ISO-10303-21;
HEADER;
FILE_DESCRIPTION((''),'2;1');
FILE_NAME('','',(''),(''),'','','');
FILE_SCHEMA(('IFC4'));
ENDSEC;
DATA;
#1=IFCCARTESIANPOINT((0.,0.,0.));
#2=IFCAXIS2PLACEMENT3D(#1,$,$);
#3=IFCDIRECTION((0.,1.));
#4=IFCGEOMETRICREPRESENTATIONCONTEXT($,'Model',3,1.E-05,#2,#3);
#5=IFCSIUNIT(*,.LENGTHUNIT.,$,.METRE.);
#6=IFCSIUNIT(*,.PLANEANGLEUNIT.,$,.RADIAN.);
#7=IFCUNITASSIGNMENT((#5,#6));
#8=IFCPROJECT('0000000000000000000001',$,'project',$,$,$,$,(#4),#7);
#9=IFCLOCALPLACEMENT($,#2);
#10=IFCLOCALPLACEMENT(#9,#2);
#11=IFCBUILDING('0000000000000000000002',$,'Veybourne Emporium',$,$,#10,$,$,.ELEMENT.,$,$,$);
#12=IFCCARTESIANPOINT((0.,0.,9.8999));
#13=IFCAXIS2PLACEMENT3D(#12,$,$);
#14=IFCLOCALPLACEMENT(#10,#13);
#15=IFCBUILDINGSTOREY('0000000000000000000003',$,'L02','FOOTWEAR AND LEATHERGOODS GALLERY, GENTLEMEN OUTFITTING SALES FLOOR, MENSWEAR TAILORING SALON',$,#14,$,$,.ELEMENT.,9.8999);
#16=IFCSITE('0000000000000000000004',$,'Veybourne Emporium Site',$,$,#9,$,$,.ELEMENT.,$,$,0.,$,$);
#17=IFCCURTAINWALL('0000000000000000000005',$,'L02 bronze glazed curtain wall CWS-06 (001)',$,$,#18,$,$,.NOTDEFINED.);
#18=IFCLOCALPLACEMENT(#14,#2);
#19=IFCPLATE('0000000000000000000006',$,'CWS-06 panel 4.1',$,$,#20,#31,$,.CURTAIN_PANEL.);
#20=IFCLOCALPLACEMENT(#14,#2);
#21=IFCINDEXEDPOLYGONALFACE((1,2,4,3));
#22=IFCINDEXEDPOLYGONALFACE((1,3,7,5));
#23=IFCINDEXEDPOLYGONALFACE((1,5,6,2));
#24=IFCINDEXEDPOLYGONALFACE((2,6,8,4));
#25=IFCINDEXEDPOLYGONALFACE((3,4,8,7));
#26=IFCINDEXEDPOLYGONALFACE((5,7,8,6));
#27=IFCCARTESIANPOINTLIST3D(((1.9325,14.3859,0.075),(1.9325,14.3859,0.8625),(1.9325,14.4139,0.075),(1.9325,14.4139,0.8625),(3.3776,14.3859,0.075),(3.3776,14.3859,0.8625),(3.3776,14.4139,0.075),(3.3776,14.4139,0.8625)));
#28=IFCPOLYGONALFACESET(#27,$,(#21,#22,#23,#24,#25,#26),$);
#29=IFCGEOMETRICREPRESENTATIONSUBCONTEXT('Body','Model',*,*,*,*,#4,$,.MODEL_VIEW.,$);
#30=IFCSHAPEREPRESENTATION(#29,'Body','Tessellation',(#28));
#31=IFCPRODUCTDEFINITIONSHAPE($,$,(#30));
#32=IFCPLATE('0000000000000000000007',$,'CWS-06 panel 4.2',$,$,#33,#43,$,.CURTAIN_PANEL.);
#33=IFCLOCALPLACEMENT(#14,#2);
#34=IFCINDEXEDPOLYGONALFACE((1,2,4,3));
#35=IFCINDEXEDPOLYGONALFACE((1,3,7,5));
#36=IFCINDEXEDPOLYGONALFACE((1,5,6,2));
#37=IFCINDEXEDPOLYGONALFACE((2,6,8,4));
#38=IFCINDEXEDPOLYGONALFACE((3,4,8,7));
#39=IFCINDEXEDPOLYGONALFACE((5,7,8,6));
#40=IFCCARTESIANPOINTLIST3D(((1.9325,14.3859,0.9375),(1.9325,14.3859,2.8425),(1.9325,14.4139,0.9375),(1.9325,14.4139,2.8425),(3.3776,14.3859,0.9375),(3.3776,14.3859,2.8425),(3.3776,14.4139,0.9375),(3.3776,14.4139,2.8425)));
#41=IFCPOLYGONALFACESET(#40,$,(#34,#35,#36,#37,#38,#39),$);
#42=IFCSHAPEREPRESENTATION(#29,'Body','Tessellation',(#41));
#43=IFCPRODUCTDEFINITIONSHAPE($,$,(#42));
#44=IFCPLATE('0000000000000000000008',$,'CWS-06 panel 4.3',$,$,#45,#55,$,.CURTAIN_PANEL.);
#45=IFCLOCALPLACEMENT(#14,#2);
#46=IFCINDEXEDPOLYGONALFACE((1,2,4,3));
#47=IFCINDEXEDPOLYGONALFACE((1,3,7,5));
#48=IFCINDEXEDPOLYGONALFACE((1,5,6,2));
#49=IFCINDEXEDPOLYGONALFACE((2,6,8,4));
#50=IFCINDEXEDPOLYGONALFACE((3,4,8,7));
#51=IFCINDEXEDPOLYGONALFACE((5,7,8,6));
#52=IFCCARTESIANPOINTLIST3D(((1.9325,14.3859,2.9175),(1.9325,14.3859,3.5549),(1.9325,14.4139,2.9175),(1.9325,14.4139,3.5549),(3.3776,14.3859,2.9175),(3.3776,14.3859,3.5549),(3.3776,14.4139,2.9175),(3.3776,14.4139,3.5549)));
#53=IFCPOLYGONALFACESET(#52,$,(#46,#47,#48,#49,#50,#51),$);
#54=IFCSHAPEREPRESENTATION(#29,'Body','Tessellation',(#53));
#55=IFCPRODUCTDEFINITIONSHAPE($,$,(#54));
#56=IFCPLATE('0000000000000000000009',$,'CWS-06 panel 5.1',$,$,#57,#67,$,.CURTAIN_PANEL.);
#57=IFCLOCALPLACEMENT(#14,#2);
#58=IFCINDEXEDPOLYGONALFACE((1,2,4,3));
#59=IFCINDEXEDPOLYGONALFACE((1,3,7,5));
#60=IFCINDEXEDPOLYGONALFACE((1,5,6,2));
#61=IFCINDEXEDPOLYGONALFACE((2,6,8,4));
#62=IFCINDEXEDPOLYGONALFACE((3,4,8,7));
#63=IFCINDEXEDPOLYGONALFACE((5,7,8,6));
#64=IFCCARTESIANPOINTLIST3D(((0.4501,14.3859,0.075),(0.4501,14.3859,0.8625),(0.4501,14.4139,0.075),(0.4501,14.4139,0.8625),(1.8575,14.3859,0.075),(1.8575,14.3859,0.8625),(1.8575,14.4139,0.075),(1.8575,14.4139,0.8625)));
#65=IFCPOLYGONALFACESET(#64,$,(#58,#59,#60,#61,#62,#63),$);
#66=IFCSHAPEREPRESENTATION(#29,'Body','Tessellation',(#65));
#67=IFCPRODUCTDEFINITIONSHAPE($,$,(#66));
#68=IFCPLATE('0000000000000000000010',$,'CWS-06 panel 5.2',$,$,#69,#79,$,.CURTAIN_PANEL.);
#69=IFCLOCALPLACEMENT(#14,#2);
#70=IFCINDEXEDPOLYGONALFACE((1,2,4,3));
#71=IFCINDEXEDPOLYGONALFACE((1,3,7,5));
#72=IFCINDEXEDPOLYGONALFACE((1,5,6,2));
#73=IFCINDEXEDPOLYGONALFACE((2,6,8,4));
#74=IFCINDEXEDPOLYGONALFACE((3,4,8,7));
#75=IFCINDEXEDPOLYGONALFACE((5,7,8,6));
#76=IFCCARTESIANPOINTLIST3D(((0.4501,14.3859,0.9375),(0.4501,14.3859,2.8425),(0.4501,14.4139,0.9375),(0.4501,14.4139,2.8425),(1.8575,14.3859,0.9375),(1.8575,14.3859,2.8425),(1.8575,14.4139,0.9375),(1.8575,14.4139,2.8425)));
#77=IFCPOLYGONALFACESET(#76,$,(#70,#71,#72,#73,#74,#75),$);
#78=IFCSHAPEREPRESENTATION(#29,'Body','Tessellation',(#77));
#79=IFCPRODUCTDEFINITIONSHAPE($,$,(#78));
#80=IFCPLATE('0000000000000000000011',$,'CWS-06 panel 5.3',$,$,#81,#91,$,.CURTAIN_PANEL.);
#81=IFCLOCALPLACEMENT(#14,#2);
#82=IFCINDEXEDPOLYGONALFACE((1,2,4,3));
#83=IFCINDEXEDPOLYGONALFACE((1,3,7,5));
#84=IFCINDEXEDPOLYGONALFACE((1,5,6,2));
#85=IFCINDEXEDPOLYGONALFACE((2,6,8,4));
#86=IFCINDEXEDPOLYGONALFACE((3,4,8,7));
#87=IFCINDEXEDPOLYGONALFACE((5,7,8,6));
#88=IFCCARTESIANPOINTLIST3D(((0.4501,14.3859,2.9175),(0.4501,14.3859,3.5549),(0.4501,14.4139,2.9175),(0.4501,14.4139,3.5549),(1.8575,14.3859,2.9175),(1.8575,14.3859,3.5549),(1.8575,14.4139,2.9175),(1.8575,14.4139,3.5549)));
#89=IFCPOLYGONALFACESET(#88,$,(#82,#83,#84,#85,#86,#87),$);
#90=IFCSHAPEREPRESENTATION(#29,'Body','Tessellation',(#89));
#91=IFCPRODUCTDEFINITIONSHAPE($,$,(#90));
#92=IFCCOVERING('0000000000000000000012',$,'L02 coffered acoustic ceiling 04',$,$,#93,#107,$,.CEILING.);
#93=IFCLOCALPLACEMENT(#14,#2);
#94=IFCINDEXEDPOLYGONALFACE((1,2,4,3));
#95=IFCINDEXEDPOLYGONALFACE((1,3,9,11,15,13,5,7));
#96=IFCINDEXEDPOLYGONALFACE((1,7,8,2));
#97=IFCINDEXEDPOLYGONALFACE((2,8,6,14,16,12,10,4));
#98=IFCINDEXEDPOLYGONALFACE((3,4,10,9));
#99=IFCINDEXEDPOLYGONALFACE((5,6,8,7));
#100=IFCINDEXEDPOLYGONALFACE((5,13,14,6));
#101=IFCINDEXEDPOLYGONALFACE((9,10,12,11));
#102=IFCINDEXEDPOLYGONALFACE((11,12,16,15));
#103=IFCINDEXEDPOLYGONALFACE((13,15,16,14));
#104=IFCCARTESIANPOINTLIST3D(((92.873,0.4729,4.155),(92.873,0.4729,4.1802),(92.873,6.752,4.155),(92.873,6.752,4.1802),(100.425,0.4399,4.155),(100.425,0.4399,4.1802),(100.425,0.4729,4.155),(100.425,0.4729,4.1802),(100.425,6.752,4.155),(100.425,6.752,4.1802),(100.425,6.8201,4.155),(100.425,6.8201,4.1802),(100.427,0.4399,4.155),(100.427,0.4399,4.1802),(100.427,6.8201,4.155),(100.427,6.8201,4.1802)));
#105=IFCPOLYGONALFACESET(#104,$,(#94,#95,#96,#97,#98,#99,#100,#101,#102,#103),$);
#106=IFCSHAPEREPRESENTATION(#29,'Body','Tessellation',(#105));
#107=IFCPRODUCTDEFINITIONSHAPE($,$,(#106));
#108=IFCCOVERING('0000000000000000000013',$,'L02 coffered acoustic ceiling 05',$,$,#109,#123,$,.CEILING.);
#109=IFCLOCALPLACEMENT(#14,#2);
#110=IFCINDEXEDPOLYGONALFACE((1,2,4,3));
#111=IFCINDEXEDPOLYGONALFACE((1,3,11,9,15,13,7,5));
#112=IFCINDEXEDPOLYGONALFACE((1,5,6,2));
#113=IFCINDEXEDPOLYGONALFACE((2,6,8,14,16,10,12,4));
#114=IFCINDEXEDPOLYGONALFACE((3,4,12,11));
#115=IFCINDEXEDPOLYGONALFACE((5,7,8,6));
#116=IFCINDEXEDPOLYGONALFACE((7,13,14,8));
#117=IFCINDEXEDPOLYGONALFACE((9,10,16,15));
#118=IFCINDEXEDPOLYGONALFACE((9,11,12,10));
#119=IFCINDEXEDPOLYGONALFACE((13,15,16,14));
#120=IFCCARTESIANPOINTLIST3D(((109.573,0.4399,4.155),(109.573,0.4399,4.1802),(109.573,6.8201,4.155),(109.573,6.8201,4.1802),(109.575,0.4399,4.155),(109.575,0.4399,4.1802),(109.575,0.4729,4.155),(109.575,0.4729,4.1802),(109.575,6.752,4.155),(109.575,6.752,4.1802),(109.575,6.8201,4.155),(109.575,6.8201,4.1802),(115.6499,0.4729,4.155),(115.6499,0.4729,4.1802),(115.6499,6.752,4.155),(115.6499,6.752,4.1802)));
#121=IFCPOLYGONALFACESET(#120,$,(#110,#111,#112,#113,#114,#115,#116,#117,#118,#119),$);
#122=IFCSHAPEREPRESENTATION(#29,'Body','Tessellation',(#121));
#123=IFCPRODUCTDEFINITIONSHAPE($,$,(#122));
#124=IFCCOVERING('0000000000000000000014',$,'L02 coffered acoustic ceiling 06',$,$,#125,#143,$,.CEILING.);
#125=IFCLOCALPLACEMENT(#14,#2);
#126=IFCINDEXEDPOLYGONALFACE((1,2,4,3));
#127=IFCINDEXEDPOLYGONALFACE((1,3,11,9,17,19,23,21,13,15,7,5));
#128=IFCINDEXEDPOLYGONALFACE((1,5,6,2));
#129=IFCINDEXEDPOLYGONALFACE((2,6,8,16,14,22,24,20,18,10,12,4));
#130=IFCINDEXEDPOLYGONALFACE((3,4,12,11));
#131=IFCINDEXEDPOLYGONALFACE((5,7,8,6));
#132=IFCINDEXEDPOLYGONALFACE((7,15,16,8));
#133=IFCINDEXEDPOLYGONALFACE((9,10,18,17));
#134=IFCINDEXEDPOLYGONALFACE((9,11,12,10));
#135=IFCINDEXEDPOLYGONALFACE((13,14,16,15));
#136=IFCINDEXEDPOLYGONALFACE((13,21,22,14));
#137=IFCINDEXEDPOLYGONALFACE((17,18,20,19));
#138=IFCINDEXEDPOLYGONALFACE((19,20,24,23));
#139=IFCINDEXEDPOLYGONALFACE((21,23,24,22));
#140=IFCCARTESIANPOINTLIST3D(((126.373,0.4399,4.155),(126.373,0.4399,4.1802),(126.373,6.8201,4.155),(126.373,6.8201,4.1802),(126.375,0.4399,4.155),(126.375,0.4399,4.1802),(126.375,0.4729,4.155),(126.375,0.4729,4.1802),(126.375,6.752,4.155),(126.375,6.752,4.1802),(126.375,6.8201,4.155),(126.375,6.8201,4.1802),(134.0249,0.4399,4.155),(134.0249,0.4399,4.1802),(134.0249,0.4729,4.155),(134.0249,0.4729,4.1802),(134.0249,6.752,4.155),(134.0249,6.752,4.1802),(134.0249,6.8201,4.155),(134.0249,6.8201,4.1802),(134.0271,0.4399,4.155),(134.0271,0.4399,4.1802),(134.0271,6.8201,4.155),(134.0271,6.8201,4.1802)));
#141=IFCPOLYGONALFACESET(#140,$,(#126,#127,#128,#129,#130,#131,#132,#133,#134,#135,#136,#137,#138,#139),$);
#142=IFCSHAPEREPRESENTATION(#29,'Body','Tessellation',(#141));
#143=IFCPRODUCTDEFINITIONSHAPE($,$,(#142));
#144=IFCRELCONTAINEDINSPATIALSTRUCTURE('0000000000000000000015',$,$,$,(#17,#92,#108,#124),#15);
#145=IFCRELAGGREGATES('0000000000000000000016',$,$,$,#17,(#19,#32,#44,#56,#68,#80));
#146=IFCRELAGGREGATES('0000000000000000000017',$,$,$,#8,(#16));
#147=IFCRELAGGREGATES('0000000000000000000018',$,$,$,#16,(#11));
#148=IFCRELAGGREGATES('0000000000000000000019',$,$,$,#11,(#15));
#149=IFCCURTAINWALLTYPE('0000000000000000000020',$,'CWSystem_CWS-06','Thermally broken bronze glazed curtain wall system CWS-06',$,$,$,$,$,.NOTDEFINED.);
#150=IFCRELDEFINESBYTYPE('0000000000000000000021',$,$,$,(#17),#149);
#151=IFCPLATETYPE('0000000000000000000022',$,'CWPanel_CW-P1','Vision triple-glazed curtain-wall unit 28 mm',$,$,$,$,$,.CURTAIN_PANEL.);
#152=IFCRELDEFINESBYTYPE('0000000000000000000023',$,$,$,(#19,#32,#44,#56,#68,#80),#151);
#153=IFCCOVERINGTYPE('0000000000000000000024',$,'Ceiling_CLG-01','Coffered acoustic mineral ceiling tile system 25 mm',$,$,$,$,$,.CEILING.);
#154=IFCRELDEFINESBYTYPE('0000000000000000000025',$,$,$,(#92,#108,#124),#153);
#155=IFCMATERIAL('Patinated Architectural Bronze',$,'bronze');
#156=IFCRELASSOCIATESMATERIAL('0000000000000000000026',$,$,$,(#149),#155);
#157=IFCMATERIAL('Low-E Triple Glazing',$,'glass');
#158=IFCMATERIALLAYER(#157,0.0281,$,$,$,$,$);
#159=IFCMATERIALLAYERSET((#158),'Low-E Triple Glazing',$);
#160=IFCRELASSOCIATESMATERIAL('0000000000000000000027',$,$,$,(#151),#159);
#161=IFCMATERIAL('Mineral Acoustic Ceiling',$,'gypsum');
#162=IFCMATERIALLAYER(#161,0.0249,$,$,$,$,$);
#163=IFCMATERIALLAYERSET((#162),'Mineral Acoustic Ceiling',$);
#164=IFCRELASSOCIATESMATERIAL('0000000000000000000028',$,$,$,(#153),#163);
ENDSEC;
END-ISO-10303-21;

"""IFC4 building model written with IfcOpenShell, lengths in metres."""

from ifc_helpers import new_model, si_unit, direction, frame, origin, origin_2d, place, context, subcontext, project, spatial, polyline, rectangle, outline, extrude, material, layer, layer_set, type_object, element, aggregate, save


model = new_model("IFC4")

# Units and contexts
model_context = context("Model", 3, precision=1e-05, world=origin(), true_north=direction((0.0, 1.0)))
body_context = subcontext(model_context, "Body", "Model", "MODEL_VIEW")
ifc_project = project(units=[si_unit("LENGTHUNIT", "METRE"), si_unit("PLANEANGLEUNIT", "RADIAN")], contexts=[model_context])

# Site, building, storey
site_placement = place(None, origin())
site = spatial("IfcSite", under=ifc_project, at=site_placement, Name="Veybourne Emporium Site", CompositionType="ELEMENT", RefElevation=0.0)
building_placement = place(site_placement, origin())
building = spatial("IfcBuilding", under=site, at=building_placement, Name="Veybourne Emporium", CompositionType="ELEMENT")
storey_placement = place(building_placement, frame((0.0, 0.0, 9.8999)))
storey = spatial("IfcBuildingStorey", under=building, at=storey_placement, Name="L02", Description="FOOTWEAR AND LEATHERGOODS GALLERY, GENTLEMEN OUTFITTING SALES FLOOR, MENSWEAR TAILORING SALON", CompositionType="ELEMENT", Elevation=9.8999)

# Curtain wall
ifc_material_1 = material(Name="Patinated Architectural Bronze", Category="bronze")
curtain_wall_type = type_object("IfcCurtainWallType", Name="CWSystem_CWS-06", Description="Thermally broken bronze glazed curtain wall system CWS-06", PredefinedType="NOTDEFINED", material=ifc_material_1)
curtain_wall_placement = place(storey_placement, origin())
curtain_wall = element("IfcCurtainWall", 1, at=curtain_wall_placement, inside=storey, type_object=curtain_wall_type, Name="L02 bronze glazed curtain wall CWS-06 (001)", PredefinedType="NOTDEFINED")

# Plates
ifc_material_2 = material(Name="Low-E Triple Glazing", Category="glass")
ifc_layer_1 = layer(ifc_material_2, 0.0281)
ifc_layer_set_1 = layer_set([ifc_layer_1], Name="Low-E Triple Glazing")
plate_type = type_object("IfcPlateType", Name="CWPanel_CW-P1", Description="Vision triple-glazed curtain-wall unit 28 mm", PredefinedType="CURTAIN_PANEL", material=ifc_layer_set_1)
plate_1_placement = place(storey_placement, frame((2.655, 14.3999, 0.075), z_axis=(0.0, 0.0, 1.0), x_axis=(-1.0, 0.0, 0.0)))
plate_1 = element("IfcPlate", 2, at=plate_1_placement, type_object=plate_type, Name="CWS-06 panel 4.1", PredefinedType="CURTAIN_PANEL", context=body_context, shape_type="SweptSolid", body=[
    extrude(rectangle(XDim=1.4451, YDim=0.0281, at=origin_2d()), origin(), (0.0, 0.0, 1.0), 0.7876),
])
plate_2_placement = place(storey_placement, frame((2.655, 14.3999, 0.9375), z_axis=(0.0, 0.0, 1.0), x_axis=(-1.0, 0.0, 0.0)))
plate_2 = element("IfcPlate", 3, at=plate_2_placement, type_object=plate_type, Name="CWS-06 panel 4.2", PredefinedType="CURTAIN_PANEL", context=body_context, shape_type="SweptSolid", body=[
    extrude(rectangle(XDim=1.4451, YDim=0.0281, at=origin_2d()), origin(), (0.0, 0.0, 1.0), 1.905),
])
plate_3_placement = place(storey_placement, frame((2.655, 14.3999, 2.9175), z_axis=(0.0, 0.0, 1.0), x_axis=(-1.0, 0.0, 0.0)))
plate_3 = element("IfcPlate", 4, at=plate_3_placement, type_object=plate_type, Name="CWS-06 panel 4.3", PredefinedType="CURTAIN_PANEL", context=body_context, shape_type="SweptSolid", body=[
    extrude(rectangle(XDim=1.4451, YDim=0.0281, at=origin_2d()), origin(), (0.0, 0.0, 1.0), 0.6375),
])
plate_4_placement = place(storey_placement, frame((1.1538, 14.3999, 0.075), z_axis=(0.0, 0.0, 1.0), x_axis=(-1.0, 0.0, 0.0)))
plate_4 = element("IfcPlate", 5, at=plate_4_placement, type_object=plate_type, Name="CWS-06 panel 5.1", PredefinedType="CURTAIN_PANEL", context=body_context, shape_type="SweptSolid", body=[
    extrude(rectangle(XDim=1.4075, YDim=0.0281, at=origin_2d()), origin(), (0.0, 0.0, 1.0), 0.7876),
])
plate_5_placement = place(storey_placement, frame((1.1538, 14.3999, 0.9375), z_axis=(0.0, 0.0, 1.0), x_axis=(-1.0, 0.0, 0.0)))
plate_5 = element("IfcPlate", 6, at=plate_5_placement, type_object=plate_type, Name="CWS-06 panel 5.2", PredefinedType="CURTAIN_PANEL", context=body_context, shape_type="SweptSolid", body=[
    extrude(rectangle(XDim=1.4075, YDim=0.0281, at=origin_2d()), origin(), (0.0, 0.0, 1.0), 1.905),
])
plate_6_placement = place(storey_placement, frame((1.1538, 14.3999, 2.9175), z_axis=(0.0, 0.0, 1.0), x_axis=(-1.0, 0.0, 0.0)))
plate_6 = element("IfcPlate", 7, at=plate_6_placement, type_object=plate_type, Name="CWS-06 panel 5.3", PredefinedType="CURTAIN_PANEL", context=body_context, shape_type="SweptSolid", body=[
    extrude(rectangle(XDim=1.4075, YDim=0.0281, at=origin_2d()), origin(), (0.0, 0.0, 1.0), 0.6375),
])
aggregate(curtain_wall, [plate_1, plate_2, plate_3, plate_4, plate_5, plate_6])

# Coverings
ifc_material_3 = material(Name="Mineral Acoustic Ceiling", Category="gypsum")
ifc_layer_2 = layer(ifc_material_3, 0.0249)
ifc_layer_set_2 = layer_set([ifc_layer_2], Name="Mineral Acoustic Ceiling")
covering_type_1 = type_object("IfcCoveringType", Name="Ceiling_CLG-01", Description="Coffered acoustic mineral ceiling tile system 25 mm", PredefinedType="CEILING", material=ifc_layer_set_2)
covering_1_placement = place(storey_placement, frame((0.0, 0.0, 4.155)))
element("IfcCovering", 8, at=covering_1_placement, inside=storey, type_object=covering_type_1, Name="L02 coffered acoustic ceiling 04", PredefinedType="CEILING", context=body_context, shape_type="SweptSolid", body=[
    extrude(outline(polyline([(100.425, 0.4399), (100.425, 0.4729), (92.873, 0.4729), (92.873, 6.752), (100.425, 6.752), (100.425, 6.8201), (100.427, 6.8201), (100.427, 0.4399), (100.425, 0.4399)])), origin(), (0.0, 0.0, 1.0), 0.0251),
])
covering_2_placement = place(storey_placement, frame((0.0, 0.0, 4.155)))
element("IfcCovering", 9, at=covering_2_placement, inside=storey, type_object=covering_type_1, Name="L02 coffered acoustic ceiling 05", PredefinedType="CEILING", context=body_context, shape_type="SweptSolid", body=[
    extrude(outline(polyline([(115.6499, 0.4729), (109.575, 0.4729), (109.575, 0.4399), (109.573, 0.4399), (109.573, 6.8201), (109.575, 6.8201), (109.575, 6.752), (115.6499, 6.752), (115.6499, 0.4729)])), origin(), (0.0, 0.0, 1.0), 0.0251),
])
covering_3_placement = place(storey_placement, frame((0.0, 0.0, 4.155)))
element("IfcCovering", 10, at=covering_3_placement, inside=storey, type_object=covering_type_1, Name="L02 coffered acoustic ceiling 06", PredefinedType="CEILING", context=body_context, shape_type="SweptSolid", body=[
    extrude(outline(polyline([(126.375, 6.8201), (126.375, 6.752), (134.0249, 6.752), (134.0249, 6.8201), (134.0271, 6.8201), (134.0271, 0.4399), (134.0249, 0.4399), (134.0249, 0.4729), (126.375, 0.4729), (126.375, 0.4399), (126.373, 0.4399), (126.373, 6.8201), (126.375, 6.8201)])), origin(), (0.0, 0.0, 1.0), 0.0251),
])

save(model, "model.ifc")
